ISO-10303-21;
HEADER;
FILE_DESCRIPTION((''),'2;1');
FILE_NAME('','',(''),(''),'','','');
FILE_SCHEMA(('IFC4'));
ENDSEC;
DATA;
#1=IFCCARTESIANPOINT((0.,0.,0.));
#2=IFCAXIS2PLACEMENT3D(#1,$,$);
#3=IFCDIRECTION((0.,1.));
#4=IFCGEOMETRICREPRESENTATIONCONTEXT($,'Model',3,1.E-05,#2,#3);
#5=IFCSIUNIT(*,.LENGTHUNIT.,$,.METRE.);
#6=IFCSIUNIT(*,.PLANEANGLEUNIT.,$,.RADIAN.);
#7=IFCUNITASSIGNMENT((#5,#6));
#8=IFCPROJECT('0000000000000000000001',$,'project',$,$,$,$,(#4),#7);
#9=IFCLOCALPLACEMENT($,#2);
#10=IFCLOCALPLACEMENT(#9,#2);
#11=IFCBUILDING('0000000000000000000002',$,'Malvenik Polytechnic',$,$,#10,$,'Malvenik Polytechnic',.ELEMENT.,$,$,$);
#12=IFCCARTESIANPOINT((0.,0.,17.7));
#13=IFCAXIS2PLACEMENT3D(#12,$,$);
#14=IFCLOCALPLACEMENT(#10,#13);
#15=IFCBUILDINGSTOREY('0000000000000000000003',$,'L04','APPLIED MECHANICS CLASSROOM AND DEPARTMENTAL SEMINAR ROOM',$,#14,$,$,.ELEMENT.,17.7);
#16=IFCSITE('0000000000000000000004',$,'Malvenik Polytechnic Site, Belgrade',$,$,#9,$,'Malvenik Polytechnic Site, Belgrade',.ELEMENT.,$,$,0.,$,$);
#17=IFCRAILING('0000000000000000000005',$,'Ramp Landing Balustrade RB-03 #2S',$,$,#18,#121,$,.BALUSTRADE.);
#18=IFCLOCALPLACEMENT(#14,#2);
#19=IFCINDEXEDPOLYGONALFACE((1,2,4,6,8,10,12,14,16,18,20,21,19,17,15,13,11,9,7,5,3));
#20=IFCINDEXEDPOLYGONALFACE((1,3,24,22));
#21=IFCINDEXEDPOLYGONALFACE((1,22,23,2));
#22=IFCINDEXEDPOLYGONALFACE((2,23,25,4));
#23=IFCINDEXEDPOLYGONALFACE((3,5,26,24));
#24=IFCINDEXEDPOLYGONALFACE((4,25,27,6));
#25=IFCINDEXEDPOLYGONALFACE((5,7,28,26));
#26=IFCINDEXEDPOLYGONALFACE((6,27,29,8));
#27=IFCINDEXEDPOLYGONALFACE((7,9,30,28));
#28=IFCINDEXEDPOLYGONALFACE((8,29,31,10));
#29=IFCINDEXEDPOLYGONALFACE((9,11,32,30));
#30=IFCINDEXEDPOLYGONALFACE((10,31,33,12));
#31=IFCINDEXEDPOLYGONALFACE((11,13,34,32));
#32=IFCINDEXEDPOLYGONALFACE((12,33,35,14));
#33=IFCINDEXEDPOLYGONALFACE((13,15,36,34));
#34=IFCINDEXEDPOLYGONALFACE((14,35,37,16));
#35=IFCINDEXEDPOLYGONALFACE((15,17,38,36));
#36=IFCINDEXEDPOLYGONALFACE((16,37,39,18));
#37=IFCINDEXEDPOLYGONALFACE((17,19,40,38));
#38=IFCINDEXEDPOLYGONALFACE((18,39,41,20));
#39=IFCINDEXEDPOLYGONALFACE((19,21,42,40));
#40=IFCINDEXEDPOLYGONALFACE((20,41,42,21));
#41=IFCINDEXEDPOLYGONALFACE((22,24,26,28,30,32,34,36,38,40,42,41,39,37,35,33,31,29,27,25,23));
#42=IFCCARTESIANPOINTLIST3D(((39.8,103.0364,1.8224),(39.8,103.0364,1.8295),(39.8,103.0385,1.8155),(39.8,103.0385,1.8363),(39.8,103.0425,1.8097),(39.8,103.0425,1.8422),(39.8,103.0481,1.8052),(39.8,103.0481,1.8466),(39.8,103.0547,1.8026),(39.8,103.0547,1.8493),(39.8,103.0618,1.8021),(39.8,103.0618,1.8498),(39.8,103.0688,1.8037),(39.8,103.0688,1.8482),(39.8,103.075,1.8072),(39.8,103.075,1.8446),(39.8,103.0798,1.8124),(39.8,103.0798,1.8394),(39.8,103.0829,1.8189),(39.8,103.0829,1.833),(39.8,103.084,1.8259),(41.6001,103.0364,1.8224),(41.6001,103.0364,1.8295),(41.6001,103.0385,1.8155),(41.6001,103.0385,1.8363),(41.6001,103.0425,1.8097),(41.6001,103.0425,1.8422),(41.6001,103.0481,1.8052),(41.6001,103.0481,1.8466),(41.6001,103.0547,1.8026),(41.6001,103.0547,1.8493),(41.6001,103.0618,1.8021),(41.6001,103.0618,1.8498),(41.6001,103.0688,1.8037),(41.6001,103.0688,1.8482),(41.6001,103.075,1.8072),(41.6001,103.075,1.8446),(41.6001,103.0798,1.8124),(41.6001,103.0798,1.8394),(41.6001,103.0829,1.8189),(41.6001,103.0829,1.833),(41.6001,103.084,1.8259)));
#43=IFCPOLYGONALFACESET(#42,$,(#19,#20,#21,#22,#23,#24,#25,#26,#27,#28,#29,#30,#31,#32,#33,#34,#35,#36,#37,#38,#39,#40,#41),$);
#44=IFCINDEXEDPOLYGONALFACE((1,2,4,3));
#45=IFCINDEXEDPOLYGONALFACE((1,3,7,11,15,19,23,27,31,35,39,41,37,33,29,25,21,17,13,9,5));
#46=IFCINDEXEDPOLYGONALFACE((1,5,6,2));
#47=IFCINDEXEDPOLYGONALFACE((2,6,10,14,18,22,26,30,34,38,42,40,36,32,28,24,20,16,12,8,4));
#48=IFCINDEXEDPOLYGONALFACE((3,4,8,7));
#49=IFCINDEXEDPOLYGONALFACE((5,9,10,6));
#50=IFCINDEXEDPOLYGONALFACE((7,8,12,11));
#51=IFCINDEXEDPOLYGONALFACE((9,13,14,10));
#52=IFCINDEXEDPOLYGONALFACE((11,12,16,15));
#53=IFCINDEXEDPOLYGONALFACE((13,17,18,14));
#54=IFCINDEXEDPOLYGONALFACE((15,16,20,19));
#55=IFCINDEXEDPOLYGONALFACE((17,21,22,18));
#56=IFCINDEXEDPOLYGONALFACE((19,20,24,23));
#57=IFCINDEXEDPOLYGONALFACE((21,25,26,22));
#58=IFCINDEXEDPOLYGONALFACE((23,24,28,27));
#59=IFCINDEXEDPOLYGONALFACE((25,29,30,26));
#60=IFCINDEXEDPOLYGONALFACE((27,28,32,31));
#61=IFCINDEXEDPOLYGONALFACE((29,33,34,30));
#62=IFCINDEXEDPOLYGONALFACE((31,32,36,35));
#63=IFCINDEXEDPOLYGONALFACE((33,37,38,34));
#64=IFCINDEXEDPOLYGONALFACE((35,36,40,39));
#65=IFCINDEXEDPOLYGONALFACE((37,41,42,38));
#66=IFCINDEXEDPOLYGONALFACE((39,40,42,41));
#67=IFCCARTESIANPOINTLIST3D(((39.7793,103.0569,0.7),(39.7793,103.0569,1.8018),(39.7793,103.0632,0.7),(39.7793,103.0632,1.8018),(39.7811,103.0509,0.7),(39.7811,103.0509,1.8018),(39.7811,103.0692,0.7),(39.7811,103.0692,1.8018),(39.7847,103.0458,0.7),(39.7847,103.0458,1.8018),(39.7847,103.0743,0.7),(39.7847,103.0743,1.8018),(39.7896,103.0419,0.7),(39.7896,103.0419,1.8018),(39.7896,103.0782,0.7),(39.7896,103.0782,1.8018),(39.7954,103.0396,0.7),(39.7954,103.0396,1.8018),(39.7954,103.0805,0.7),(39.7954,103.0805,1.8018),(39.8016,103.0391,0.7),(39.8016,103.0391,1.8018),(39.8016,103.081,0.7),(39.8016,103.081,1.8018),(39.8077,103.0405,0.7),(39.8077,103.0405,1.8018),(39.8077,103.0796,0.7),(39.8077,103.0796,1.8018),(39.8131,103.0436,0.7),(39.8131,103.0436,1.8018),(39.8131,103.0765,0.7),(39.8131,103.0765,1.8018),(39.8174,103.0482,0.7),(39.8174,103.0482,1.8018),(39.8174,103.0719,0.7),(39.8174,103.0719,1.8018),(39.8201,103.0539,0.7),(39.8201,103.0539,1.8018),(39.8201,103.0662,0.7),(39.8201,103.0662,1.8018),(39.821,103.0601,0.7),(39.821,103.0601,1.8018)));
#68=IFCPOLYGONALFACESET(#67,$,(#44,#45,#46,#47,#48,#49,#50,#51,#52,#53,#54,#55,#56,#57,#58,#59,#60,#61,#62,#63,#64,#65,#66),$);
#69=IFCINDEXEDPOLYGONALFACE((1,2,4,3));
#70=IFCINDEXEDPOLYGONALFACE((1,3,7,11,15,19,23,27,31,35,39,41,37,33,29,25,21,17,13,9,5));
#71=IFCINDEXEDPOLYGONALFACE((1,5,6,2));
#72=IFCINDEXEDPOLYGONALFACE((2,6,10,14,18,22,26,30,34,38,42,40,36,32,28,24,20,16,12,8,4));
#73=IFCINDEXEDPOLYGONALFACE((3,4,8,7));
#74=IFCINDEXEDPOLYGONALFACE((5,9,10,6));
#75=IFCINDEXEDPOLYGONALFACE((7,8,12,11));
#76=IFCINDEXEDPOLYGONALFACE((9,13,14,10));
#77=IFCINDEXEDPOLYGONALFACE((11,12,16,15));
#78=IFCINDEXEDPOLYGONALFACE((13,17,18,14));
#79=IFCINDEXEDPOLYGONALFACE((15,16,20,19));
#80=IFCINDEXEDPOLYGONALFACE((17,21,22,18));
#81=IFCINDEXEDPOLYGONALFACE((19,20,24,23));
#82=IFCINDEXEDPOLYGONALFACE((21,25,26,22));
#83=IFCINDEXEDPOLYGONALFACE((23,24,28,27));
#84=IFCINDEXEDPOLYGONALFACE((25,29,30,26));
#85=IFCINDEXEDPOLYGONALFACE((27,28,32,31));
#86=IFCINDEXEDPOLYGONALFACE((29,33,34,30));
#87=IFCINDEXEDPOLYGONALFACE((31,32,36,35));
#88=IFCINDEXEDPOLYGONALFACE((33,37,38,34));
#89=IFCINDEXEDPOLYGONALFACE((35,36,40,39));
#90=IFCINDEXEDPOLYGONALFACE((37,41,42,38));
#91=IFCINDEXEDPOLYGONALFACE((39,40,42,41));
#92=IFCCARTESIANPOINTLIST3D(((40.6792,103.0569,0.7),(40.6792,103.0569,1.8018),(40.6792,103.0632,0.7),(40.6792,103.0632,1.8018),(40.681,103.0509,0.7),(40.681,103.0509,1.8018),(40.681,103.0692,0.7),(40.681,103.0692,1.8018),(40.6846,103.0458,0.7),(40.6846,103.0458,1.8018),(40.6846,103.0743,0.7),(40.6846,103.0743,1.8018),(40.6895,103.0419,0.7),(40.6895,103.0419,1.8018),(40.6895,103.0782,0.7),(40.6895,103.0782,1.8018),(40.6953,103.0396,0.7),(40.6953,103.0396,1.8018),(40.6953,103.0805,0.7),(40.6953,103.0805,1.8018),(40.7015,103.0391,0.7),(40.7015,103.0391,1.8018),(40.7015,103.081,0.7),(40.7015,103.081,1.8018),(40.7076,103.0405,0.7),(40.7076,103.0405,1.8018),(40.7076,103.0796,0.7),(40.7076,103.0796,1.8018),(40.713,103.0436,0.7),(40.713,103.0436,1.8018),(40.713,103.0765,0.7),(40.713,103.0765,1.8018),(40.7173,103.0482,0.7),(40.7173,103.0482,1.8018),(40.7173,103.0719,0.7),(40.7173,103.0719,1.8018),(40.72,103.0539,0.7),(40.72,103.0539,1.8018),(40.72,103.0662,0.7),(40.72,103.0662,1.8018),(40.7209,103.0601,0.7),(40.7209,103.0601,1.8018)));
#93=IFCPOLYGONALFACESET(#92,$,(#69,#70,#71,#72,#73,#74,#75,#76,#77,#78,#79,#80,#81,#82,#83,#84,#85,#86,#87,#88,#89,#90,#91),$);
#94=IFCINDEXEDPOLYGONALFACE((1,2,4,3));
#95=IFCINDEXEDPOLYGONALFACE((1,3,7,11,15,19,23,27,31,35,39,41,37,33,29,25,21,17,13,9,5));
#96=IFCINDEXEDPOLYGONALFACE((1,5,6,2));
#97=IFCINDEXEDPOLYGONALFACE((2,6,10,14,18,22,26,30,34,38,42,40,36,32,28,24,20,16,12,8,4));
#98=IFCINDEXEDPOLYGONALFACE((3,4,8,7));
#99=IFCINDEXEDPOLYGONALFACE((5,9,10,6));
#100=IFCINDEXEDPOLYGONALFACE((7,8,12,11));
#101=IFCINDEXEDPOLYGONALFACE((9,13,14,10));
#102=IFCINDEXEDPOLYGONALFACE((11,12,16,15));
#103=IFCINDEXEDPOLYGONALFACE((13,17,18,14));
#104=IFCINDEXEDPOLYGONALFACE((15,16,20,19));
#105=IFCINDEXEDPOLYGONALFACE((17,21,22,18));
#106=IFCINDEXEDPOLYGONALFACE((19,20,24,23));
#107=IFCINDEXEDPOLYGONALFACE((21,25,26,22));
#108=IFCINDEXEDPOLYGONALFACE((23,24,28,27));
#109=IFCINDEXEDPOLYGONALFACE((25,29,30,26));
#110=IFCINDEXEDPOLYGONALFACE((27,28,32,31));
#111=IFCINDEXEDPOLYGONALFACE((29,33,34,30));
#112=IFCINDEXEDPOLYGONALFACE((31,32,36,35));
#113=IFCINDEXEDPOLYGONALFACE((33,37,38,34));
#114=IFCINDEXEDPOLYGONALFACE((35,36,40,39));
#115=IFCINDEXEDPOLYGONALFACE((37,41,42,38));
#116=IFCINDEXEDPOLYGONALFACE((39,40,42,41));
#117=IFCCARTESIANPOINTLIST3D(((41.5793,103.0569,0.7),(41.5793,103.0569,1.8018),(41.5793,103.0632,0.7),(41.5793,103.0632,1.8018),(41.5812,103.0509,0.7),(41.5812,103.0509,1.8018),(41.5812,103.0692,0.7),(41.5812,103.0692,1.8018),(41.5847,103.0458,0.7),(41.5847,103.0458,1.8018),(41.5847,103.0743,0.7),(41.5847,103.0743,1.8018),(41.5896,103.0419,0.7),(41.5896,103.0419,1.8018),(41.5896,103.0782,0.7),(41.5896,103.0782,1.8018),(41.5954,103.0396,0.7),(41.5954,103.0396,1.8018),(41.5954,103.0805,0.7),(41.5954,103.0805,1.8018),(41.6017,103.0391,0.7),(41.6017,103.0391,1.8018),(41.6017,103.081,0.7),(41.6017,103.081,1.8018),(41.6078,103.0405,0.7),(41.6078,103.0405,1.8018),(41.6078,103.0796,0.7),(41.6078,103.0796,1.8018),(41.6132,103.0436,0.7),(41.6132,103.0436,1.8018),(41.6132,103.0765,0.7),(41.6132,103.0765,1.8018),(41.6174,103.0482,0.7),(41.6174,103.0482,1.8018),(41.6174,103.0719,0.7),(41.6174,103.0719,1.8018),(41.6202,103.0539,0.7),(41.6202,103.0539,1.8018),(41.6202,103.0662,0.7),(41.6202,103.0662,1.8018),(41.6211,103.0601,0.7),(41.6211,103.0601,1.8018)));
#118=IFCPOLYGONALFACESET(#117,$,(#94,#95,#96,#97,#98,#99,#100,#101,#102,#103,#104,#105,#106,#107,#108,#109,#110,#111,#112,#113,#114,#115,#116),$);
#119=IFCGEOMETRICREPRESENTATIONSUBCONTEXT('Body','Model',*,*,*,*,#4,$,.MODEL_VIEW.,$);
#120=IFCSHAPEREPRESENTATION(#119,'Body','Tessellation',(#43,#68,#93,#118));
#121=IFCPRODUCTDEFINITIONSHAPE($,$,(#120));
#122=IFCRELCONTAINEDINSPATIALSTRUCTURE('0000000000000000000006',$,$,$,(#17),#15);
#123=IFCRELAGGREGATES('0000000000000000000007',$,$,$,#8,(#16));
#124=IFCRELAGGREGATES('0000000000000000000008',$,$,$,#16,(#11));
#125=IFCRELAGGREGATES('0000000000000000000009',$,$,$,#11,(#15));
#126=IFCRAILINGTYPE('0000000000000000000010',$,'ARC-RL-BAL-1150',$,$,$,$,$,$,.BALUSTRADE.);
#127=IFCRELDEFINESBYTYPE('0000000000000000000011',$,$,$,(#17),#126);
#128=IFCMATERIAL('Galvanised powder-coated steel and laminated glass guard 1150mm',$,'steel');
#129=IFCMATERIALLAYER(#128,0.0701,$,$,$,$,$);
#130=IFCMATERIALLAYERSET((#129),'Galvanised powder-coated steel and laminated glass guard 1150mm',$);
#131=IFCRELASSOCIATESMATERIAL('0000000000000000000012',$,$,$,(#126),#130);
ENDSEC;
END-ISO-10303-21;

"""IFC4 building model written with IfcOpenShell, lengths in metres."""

from ifc_helpers import new_model, si_unit, direction, frame, origin, origin_2d, place, context, subcontext, project, spatial, circle, extrude, material, layer, layer_set, type_object, element, save


model = new_model("IFC4")

# Units and contexts
model_context = context("Model", 3, precision=1e-05, world=origin(), true_north=direction((0.0, 1.0)))
body_context = subcontext(model_context, "Body", "Model", "MODEL_VIEW")
ifc_project = project(units=[si_unit("LENGTHUNIT", "METRE"), si_unit("PLANEANGLEUNIT", "RADIAN")], contexts=[model_context])

# Site, building, storey
site_placement = place(None, origin())
site = spatial("IfcSite", under=ifc_project, at=site_placement, Name="Malvenik Polytechnic Site, Belgrade", LongName="Malvenik Polytechnic Site, Belgrade", CompositionType="ELEMENT", RefElevation=0.0)
building_placement = place(site_placement, origin())
building = spatial("IfcBuilding", under=site, at=building_placement, Name="Malvenik Polytechnic", LongName="Malvenik Polytechnic", CompositionType="ELEMENT")
storey_placement = place(building_placement, frame((0.0, 0.0, 17.7)))
storey = spatial("IfcBuildingStorey", under=building, at=storey_placement, Name="L04", Description="APPLIED MECHANICS CLASSROOM AND DEPARTMENTAL SEMINAR ROOM", CompositionType="ELEMENT", Elevation=17.7)

# Railing
ifc_material_1 = material(Name="Galvanised powder-coated steel and laminated glass guard 1150mm", Category="steel")
ifc_layer_1 = layer(ifc_material_1, 0.0701)
ifc_layer_set_1 = layer_set([ifc_layer_1], Name="Galvanised powder-coated steel and laminated glass guard 1150mm")
railing_type_1 = type_object("IfcRailingType", Name="ARC-RL-BAL-1150", PredefinedType="BALUSTRADE", material=ifc_layer_set_1)
railing_1_placement = place(storey_placement, frame((39.8, 103.0601, 0.7)))
element("IfcRailing", 1, at=railing_1_placement, inside=storey, type_object=railing_type_1, Name="Ramp Landing Balustrade RB-03 #2S", PredefinedType="BALUSTRADE", context=body_context, shape_type="SweptSolid", body=[
    extrude(circle(Radius=0.0239, at=origin_2d()), frame((0.0, 0.0, 1.126), z_axis=(1.0, 0.0, 0.0), x_axis=(0.0, 1.0, 0.0)), (0.0, 0.0, 1.0), 1.8),
    extrude(circle(Radius=0.021, at=origin_2d()), origin(), (0.0, 0.0, 1.0), 1.1018),
    extrude(circle(Radius=0.021, at=origin_2d()), frame((0.8999, 0.0, 0.0)), (0.0, 0.0, 1.0), 1.1018),
    extrude(circle(Radius=0.021, at=origin_2d()), frame((1.8, 0.0, 0.0)), (0.0, 0.0, 1.0), 1.1018),
])

save(model, "model.ifc")
